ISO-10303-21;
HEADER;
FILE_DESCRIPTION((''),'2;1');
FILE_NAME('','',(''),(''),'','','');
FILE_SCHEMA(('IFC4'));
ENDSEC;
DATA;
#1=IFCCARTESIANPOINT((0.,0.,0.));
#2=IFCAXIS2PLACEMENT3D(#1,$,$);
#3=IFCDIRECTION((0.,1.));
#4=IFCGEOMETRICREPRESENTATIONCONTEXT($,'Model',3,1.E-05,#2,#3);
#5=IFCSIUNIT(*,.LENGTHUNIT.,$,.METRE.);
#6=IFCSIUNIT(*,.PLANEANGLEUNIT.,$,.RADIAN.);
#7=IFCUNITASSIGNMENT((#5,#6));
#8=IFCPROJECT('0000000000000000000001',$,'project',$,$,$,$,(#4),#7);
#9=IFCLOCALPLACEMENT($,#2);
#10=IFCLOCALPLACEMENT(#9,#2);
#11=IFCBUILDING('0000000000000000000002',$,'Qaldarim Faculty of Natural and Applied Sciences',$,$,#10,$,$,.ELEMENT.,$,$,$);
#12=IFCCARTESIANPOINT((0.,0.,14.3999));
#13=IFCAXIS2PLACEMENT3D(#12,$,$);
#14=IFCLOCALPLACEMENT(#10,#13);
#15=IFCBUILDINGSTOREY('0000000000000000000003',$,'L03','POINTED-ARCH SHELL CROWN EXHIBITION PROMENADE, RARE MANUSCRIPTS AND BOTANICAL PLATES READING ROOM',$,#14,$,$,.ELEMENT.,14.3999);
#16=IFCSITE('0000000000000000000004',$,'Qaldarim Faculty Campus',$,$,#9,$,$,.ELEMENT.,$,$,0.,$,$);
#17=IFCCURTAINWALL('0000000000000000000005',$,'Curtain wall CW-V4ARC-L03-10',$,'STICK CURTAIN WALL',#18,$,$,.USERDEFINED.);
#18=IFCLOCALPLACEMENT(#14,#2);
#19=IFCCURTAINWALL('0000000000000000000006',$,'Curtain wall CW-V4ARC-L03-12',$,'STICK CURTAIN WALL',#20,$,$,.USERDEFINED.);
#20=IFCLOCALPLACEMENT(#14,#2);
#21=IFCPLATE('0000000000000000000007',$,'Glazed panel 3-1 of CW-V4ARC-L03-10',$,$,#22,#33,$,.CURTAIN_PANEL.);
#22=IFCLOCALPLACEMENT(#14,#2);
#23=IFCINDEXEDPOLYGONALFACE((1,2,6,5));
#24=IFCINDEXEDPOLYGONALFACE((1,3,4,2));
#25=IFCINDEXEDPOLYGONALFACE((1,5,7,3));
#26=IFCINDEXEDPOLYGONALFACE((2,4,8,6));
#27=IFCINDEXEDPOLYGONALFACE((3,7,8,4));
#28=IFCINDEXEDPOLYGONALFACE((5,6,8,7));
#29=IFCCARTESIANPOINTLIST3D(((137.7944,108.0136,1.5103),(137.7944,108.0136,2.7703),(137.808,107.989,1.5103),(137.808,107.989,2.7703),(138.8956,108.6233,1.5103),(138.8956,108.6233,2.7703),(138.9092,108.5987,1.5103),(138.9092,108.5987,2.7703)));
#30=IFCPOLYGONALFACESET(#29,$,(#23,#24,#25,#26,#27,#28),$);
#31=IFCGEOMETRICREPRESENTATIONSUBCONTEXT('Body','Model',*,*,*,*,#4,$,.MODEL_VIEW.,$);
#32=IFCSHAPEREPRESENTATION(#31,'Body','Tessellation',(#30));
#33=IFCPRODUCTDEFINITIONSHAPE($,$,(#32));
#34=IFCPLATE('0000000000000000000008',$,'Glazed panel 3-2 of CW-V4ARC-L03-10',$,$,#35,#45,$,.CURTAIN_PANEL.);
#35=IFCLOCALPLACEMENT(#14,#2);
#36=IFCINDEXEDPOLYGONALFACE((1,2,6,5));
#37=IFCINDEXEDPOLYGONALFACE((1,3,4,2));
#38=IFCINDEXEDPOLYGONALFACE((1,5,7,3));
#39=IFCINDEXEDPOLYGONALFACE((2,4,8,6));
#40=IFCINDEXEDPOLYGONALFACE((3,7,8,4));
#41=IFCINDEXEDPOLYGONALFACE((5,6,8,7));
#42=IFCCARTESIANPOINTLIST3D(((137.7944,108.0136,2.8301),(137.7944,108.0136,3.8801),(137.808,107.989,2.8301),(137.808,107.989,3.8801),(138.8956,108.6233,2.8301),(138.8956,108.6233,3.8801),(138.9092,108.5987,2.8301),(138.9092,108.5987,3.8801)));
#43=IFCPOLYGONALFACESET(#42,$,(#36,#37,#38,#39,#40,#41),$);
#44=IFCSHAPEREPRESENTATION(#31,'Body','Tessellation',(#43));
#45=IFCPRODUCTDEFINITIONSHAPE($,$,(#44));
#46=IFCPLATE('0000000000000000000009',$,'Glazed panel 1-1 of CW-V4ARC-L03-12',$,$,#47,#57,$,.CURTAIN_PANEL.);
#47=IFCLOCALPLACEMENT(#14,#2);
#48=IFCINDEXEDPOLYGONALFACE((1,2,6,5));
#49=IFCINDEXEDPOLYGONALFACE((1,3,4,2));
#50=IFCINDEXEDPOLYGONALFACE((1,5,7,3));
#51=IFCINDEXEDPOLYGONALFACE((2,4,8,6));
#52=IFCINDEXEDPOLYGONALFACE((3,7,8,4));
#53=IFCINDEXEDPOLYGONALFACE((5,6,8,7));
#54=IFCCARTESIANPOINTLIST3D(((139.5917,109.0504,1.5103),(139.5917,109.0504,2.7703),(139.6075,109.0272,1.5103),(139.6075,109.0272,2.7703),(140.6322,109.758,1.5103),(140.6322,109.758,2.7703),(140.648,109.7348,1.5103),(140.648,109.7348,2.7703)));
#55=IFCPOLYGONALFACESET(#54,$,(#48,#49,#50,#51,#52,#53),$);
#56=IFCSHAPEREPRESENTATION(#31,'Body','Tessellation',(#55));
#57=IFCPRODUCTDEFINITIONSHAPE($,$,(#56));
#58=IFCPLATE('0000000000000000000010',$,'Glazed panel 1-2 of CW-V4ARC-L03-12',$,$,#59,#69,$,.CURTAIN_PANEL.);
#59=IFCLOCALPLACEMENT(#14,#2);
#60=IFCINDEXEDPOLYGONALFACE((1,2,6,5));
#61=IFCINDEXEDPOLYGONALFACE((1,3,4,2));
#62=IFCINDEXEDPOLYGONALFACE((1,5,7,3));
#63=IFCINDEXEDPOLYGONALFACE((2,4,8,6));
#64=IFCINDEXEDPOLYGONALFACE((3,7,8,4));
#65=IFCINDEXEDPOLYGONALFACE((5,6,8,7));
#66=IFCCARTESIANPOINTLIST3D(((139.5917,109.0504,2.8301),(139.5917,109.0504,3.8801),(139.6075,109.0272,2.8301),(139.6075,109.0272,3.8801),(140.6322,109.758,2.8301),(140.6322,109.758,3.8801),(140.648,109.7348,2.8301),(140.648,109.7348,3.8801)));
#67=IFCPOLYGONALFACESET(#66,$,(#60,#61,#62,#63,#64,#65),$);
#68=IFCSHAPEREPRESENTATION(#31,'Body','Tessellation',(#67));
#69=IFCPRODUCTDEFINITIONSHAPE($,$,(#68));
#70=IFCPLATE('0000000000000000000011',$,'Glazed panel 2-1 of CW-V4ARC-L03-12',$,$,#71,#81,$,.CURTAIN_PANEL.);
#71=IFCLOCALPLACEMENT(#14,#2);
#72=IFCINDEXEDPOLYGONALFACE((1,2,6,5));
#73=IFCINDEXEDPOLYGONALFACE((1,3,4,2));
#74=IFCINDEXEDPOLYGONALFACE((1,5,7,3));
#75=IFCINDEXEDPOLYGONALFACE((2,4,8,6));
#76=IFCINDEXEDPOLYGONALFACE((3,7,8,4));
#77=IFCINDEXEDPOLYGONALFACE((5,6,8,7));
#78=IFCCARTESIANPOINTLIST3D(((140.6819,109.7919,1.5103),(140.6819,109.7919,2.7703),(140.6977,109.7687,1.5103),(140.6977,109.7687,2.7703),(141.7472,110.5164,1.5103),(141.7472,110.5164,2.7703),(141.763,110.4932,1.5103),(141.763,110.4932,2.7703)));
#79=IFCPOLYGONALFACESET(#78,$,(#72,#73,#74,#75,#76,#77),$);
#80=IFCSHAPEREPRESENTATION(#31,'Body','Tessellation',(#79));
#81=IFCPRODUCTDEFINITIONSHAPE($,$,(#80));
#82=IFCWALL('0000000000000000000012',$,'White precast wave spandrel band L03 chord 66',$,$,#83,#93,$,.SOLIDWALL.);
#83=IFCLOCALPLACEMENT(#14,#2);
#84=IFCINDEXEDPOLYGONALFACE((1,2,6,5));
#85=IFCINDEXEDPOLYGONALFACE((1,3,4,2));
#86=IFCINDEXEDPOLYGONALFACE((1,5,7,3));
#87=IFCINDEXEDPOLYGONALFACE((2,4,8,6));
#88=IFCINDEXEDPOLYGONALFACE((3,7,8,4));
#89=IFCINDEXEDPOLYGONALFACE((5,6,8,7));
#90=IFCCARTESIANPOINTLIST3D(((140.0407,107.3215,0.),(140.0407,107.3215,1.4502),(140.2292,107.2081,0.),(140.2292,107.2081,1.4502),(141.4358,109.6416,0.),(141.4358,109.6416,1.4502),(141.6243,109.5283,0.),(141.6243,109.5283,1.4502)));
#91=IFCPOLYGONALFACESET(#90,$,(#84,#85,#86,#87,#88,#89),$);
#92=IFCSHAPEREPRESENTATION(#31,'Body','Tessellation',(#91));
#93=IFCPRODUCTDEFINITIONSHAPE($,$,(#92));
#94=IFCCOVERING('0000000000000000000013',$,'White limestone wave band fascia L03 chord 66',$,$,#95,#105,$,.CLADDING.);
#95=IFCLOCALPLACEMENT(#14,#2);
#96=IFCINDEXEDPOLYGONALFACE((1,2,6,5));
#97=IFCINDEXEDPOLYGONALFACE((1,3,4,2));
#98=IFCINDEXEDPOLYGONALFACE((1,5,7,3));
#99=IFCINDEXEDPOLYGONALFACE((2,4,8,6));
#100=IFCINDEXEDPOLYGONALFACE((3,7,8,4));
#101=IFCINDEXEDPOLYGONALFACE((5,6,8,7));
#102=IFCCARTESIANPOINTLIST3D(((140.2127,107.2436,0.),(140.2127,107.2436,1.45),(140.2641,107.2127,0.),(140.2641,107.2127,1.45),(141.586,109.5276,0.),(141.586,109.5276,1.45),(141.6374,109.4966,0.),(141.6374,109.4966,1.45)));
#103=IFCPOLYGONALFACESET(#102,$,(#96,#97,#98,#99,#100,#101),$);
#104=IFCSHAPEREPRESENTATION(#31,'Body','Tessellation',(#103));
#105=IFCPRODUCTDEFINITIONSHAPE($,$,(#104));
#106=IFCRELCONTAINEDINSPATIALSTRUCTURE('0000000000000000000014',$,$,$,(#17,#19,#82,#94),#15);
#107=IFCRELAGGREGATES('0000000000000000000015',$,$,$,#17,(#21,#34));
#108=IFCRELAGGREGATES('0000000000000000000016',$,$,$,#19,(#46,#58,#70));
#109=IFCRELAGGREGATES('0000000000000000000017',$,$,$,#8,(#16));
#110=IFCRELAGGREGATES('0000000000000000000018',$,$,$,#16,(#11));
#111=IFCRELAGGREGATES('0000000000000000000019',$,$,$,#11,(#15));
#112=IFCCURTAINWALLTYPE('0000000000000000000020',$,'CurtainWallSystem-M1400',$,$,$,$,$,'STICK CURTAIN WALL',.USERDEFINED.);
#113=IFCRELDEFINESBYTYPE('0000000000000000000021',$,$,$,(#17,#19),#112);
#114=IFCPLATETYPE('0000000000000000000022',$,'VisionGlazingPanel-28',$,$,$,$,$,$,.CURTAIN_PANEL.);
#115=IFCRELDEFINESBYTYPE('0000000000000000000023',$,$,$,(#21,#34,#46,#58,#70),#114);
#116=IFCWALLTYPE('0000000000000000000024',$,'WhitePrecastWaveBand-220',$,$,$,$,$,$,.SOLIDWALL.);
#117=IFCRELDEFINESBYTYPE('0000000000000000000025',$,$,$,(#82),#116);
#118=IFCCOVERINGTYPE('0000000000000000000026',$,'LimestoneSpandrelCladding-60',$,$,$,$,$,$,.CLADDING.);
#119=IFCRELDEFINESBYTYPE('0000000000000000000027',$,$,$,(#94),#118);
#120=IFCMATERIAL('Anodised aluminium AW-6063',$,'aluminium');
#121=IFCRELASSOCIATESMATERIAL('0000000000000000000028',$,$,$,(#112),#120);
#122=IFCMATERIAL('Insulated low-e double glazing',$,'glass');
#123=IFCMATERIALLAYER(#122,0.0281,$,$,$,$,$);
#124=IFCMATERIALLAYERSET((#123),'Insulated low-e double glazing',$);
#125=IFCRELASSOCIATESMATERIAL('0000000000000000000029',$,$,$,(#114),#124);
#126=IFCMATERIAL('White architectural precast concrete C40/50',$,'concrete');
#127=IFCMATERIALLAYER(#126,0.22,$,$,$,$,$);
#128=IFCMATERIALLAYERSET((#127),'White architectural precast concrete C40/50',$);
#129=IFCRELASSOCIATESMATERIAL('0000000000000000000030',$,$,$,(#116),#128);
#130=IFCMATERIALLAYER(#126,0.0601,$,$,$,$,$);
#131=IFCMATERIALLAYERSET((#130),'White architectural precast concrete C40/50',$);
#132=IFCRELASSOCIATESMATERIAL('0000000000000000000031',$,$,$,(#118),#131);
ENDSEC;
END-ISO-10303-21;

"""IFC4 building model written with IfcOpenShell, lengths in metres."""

from ifc_helpers import new_model, si_unit, direction, frame, frame_2d, origin, origin_2d, place, context, subcontext, project, spatial, rectangle, extrude, material, layer, layer_set, type_object, element, aggregate, save


model = new_model("IFC4")

# Units and contexts
model_context = context("Model", 3, precision=1e-05, world=origin(), true_north=direction((0.0, 1.0)))
body_context = subcontext(model_context, "Body", "Model", "MODEL_VIEW")
ifc_project = project(units=[si_unit("LENGTHUNIT", "METRE"), si_unit("PLANEANGLEUNIT", "RADIAN")], contexts=[model_context])

# Site, building, storey
site_placement = place(None, origin())
site = spatial("IfcSite", under=ifc_project, at=site_placement, Name="Qaldarim Faculty Campus", CompositionType="ELEMENT", RefElevation=0.0)
building_placement = place(site_placement, origin())
building = spatial("IfcBuilding", under=site, at=building_placement, Name="Qaldarim Faculty of Natural and Applied Sciences", CompositionType="ELEMENT")
storey_placement = place(building_placement, frame((0.0, 0.0, 14.3999)))
storey = spatial("IfcBuildingStorey", under=building, at=storey_placement, Name="L03", Description="POINTED-ARCH SHELL CROWN EXHIBITION PROMENADE, RARE MANUSCRIPTS AND BOTANICAL PLATES READING ROOM", CompositionType="ELEMENT", Elevation=14.3999)

# Curtain wall
ifc_material_1 = material(Name="Anodised aluminium AW-6063", Category="aluminium")
curtain_wall_type = type_object("IfcCurtainWallType", Name="CurtainWallSystem-M1400", ElementType="STICK CURTAIN WALL", PredefinedType="USERDEFINED", material=ifc_material_1)
curtain_wall_1_placement = place(storey_placement, origin())
curtain_wall_1 = element("IfcCurtainWall", 1, at=curtain_wall_1_placement, inside=storey, type_object=curtain_wall_type, Name="Curtain wall CW-V4ARC-L03-10", ObjectType="STICK CURTAIN WALL", PredefinedType="USERDEFINED")

# Curtain wall
curtain_wall_2_placement = place(storey_placement, origin())
curtain_wall_2 = element("IfcCurtainWall", 2, at=curtain_wall_2_placement, inside=storey, type_object=curtain_wall_type, Name="Curtain wall CW-V4ARC-L03-12", ObjectType="STICK CURTAIN WALL", PredefinedType="USERDEFINED")

# Plates
ifc_material_2 = material(Name="Insulated low-e double glazing", Category="glass")
ifc_layer_1 = layer(ifc_material_2, 0.0281)
ifc_layer_set_1 = layer_set([ifc_layer_1], Name="Insulated low-e double glazing")
plate_type = type_object("IfcPlateType", Name="VisionGlazingPanel-28", PredefinedType="CURTAIN_PANEL", material=ifc_layer_set_1)
plate_1_placement = place(storey_placement, frame((138.3518, 108.3062, 1.5103), z_axis=(0.0, 0.0, 1.0), x_axis=(0.874857, 0.484382, 0.0)))
plate_1 = element("IfcPlate", 3, at=plate_1_placement, type_object=plate_type, Name="Glazed panel 3-1 of CW-V4ARC-L03-10", PredefinedType="CURTAIN_PANEL", context=body_context, shape_type="SweptSolid", body=[
    extrude(rectangle(XDim=1.2588, YDim=0.0281, at=origin_2d()), origin(), (0.0, 0.0, 1.0), 1.26),
])
plate_2_placement = place(storey_placement, frame((138.3518, 108.3062, 2.8301), z_axis=(0.0, 0.0, 1.0), x_axis=(0.874857, 0.484382, 0.0)))
plate_2 = element("IfcPlate", 4, at=plate_2_placement, type_object=plate_type, Name="Glazed panel 3-2 of CW-V4ARC-L03-10", PredefinedType="CURTAIN_PANEL", context=body_context, shape_type="SweptSolid", body=[
    extrude(rectangle(XDim=1.2588, YDim=0.0281, at=origin_2d()), origin(), (0.0, 0.0, 1.0), 1.05),
])
aggregate(curtain_wall_1, [plate_1, plate_2])
plate_3_placement = place(storey_placement, frame((140.1199, 109.3926, 1.5103), z_axis=(0.0, 0.0, 1.0), x_axis=(0.826884, 0.562372, 0.0)))
plate_3 = element("IfcPlate", 5, at=plate_3_placement, type_object=plate_type, Name="Glazed panel 1-1 of CW-V4ARC-L03-12", PredefinedType="CURTAIN_PANEL", context=body_context, shape_type="SweptSolid", body=[
    extrude(rectangle(XDim=1.2583, YDim=0.0281, at=origin_2d()), origin(), (0.0, 0.0, 1.0), 1.26),
])
plate_4_placement = place(storey_placement, frame((140.1199, 109.3926, 2.8301), z_axis=(0.0, 0.0, 1.0), x_axis=(0.826884, 0.562372, 0.0)))
plate_4 = element("IfcPlate", 6, at=plate_4_placement, type_object=plate_type, Name="Glazed panel 1-2 of CW-V4ARC-L03-12", PredefinedType="CURTAIN_PANEL", context=body_context, shape_type="SweptSolid", body=[
    extrude(rectangle(XDim=1.2583, YDim=0.0281, at=origin_2d()), origin(), (0.0, 0.0, 1.0), 1.05),
])
plate_5_placement = place(storey_placement, frame((141.2224, 110.1426, 1.5103), z_axis=(0.0, 0.0, 1.0), x_axis=(0.826884, 0.562372, 0.0)))
plate_5 = element("IfcPlate", 7, at=plate_5_placement, type_object=plate_type, Name="Glazed panel 2-1 of CW-V4ARC-L03-12", PredefinedType="CURTAIN_PANEL", context=body_context, shape_type="SweptSolid", body=[
    extrude(rectangle(XDim=1.2883, YDim=0.0281, at=origin_2d()), origin(), (0.0, 0.0, 1.0), 1.26),
])
aggregate(curtain_wall_2, [plate_3, plate_4, plate_5])

# Wall
ifc_material_3 = material(Name="White architectural precast concrete C40/50", Category="concrete")
ifc_layer_2 = layer(ifc_material_3, 0.22)
ifc_layer_set_2 = layer_set([ifc_layer_2], Name="White architectural precast concrete C40/50")
wall_type = type_object("IfcWallType", Name="WhitePrecastWaveBand-220", PredefinedType="SOLIDWALL", material=ifc_layer_set_2)
wall_placement = place(storey_placement, frame((140.135, 107.2649, 0.0), z_axis=(0.0, 0.0, 1.0), x_axis=(0.515305, 0.857007, 0.0)))
element("IfcWall", 8, at=wall_placement, inside=storey, type_object=wall_type, Name="White precast wave spandrel band L03 chord 66", PredefinedType="SOLIDWALL", context=body_context, shape_type="SweptSolid", body=[
    extrude(rectangle(XDim=2.7073, YDim=0.22, at=frame_2d((1.3535, 0.0))), origin(), (0.0, 0.0, 1.0), 1.4502),
])

# Covering
ifc_layer_3 = layer(ifc_material_3, 0.0601)
ifc_layer_set_3 = layer_set([ifc_layer_3], Name="White architectural precast concrete C40/50")
covering_type = type_object("IfcCoveringType", Name="LimestoneSpandrelCladding-60", PredefinedType="CLADDING", material=ifc_layer_set_3)
covering_placement = place(storey_placement, frame((140.925, 108.3701, 0.0), z_axis=(0.0, 0.0, 1.0), x_axis=(0.515307, 0.857005, 0.0)))
element("IfcCovering", 9, at=covering_placement, inside=storey, type_object=covering_type, Name="White limestone wave band fascia L03 chord 66", PredefinedType="CLADDING", context=body_context, shape_type="SweptSolid", body=[
    extrude(rectangle(XDim=2.665, YDim=0.0601, at=origin_2d()), origin(), (0.0, 0.0, 1.0), 1.45),
])

save(model, "model.ifc")
